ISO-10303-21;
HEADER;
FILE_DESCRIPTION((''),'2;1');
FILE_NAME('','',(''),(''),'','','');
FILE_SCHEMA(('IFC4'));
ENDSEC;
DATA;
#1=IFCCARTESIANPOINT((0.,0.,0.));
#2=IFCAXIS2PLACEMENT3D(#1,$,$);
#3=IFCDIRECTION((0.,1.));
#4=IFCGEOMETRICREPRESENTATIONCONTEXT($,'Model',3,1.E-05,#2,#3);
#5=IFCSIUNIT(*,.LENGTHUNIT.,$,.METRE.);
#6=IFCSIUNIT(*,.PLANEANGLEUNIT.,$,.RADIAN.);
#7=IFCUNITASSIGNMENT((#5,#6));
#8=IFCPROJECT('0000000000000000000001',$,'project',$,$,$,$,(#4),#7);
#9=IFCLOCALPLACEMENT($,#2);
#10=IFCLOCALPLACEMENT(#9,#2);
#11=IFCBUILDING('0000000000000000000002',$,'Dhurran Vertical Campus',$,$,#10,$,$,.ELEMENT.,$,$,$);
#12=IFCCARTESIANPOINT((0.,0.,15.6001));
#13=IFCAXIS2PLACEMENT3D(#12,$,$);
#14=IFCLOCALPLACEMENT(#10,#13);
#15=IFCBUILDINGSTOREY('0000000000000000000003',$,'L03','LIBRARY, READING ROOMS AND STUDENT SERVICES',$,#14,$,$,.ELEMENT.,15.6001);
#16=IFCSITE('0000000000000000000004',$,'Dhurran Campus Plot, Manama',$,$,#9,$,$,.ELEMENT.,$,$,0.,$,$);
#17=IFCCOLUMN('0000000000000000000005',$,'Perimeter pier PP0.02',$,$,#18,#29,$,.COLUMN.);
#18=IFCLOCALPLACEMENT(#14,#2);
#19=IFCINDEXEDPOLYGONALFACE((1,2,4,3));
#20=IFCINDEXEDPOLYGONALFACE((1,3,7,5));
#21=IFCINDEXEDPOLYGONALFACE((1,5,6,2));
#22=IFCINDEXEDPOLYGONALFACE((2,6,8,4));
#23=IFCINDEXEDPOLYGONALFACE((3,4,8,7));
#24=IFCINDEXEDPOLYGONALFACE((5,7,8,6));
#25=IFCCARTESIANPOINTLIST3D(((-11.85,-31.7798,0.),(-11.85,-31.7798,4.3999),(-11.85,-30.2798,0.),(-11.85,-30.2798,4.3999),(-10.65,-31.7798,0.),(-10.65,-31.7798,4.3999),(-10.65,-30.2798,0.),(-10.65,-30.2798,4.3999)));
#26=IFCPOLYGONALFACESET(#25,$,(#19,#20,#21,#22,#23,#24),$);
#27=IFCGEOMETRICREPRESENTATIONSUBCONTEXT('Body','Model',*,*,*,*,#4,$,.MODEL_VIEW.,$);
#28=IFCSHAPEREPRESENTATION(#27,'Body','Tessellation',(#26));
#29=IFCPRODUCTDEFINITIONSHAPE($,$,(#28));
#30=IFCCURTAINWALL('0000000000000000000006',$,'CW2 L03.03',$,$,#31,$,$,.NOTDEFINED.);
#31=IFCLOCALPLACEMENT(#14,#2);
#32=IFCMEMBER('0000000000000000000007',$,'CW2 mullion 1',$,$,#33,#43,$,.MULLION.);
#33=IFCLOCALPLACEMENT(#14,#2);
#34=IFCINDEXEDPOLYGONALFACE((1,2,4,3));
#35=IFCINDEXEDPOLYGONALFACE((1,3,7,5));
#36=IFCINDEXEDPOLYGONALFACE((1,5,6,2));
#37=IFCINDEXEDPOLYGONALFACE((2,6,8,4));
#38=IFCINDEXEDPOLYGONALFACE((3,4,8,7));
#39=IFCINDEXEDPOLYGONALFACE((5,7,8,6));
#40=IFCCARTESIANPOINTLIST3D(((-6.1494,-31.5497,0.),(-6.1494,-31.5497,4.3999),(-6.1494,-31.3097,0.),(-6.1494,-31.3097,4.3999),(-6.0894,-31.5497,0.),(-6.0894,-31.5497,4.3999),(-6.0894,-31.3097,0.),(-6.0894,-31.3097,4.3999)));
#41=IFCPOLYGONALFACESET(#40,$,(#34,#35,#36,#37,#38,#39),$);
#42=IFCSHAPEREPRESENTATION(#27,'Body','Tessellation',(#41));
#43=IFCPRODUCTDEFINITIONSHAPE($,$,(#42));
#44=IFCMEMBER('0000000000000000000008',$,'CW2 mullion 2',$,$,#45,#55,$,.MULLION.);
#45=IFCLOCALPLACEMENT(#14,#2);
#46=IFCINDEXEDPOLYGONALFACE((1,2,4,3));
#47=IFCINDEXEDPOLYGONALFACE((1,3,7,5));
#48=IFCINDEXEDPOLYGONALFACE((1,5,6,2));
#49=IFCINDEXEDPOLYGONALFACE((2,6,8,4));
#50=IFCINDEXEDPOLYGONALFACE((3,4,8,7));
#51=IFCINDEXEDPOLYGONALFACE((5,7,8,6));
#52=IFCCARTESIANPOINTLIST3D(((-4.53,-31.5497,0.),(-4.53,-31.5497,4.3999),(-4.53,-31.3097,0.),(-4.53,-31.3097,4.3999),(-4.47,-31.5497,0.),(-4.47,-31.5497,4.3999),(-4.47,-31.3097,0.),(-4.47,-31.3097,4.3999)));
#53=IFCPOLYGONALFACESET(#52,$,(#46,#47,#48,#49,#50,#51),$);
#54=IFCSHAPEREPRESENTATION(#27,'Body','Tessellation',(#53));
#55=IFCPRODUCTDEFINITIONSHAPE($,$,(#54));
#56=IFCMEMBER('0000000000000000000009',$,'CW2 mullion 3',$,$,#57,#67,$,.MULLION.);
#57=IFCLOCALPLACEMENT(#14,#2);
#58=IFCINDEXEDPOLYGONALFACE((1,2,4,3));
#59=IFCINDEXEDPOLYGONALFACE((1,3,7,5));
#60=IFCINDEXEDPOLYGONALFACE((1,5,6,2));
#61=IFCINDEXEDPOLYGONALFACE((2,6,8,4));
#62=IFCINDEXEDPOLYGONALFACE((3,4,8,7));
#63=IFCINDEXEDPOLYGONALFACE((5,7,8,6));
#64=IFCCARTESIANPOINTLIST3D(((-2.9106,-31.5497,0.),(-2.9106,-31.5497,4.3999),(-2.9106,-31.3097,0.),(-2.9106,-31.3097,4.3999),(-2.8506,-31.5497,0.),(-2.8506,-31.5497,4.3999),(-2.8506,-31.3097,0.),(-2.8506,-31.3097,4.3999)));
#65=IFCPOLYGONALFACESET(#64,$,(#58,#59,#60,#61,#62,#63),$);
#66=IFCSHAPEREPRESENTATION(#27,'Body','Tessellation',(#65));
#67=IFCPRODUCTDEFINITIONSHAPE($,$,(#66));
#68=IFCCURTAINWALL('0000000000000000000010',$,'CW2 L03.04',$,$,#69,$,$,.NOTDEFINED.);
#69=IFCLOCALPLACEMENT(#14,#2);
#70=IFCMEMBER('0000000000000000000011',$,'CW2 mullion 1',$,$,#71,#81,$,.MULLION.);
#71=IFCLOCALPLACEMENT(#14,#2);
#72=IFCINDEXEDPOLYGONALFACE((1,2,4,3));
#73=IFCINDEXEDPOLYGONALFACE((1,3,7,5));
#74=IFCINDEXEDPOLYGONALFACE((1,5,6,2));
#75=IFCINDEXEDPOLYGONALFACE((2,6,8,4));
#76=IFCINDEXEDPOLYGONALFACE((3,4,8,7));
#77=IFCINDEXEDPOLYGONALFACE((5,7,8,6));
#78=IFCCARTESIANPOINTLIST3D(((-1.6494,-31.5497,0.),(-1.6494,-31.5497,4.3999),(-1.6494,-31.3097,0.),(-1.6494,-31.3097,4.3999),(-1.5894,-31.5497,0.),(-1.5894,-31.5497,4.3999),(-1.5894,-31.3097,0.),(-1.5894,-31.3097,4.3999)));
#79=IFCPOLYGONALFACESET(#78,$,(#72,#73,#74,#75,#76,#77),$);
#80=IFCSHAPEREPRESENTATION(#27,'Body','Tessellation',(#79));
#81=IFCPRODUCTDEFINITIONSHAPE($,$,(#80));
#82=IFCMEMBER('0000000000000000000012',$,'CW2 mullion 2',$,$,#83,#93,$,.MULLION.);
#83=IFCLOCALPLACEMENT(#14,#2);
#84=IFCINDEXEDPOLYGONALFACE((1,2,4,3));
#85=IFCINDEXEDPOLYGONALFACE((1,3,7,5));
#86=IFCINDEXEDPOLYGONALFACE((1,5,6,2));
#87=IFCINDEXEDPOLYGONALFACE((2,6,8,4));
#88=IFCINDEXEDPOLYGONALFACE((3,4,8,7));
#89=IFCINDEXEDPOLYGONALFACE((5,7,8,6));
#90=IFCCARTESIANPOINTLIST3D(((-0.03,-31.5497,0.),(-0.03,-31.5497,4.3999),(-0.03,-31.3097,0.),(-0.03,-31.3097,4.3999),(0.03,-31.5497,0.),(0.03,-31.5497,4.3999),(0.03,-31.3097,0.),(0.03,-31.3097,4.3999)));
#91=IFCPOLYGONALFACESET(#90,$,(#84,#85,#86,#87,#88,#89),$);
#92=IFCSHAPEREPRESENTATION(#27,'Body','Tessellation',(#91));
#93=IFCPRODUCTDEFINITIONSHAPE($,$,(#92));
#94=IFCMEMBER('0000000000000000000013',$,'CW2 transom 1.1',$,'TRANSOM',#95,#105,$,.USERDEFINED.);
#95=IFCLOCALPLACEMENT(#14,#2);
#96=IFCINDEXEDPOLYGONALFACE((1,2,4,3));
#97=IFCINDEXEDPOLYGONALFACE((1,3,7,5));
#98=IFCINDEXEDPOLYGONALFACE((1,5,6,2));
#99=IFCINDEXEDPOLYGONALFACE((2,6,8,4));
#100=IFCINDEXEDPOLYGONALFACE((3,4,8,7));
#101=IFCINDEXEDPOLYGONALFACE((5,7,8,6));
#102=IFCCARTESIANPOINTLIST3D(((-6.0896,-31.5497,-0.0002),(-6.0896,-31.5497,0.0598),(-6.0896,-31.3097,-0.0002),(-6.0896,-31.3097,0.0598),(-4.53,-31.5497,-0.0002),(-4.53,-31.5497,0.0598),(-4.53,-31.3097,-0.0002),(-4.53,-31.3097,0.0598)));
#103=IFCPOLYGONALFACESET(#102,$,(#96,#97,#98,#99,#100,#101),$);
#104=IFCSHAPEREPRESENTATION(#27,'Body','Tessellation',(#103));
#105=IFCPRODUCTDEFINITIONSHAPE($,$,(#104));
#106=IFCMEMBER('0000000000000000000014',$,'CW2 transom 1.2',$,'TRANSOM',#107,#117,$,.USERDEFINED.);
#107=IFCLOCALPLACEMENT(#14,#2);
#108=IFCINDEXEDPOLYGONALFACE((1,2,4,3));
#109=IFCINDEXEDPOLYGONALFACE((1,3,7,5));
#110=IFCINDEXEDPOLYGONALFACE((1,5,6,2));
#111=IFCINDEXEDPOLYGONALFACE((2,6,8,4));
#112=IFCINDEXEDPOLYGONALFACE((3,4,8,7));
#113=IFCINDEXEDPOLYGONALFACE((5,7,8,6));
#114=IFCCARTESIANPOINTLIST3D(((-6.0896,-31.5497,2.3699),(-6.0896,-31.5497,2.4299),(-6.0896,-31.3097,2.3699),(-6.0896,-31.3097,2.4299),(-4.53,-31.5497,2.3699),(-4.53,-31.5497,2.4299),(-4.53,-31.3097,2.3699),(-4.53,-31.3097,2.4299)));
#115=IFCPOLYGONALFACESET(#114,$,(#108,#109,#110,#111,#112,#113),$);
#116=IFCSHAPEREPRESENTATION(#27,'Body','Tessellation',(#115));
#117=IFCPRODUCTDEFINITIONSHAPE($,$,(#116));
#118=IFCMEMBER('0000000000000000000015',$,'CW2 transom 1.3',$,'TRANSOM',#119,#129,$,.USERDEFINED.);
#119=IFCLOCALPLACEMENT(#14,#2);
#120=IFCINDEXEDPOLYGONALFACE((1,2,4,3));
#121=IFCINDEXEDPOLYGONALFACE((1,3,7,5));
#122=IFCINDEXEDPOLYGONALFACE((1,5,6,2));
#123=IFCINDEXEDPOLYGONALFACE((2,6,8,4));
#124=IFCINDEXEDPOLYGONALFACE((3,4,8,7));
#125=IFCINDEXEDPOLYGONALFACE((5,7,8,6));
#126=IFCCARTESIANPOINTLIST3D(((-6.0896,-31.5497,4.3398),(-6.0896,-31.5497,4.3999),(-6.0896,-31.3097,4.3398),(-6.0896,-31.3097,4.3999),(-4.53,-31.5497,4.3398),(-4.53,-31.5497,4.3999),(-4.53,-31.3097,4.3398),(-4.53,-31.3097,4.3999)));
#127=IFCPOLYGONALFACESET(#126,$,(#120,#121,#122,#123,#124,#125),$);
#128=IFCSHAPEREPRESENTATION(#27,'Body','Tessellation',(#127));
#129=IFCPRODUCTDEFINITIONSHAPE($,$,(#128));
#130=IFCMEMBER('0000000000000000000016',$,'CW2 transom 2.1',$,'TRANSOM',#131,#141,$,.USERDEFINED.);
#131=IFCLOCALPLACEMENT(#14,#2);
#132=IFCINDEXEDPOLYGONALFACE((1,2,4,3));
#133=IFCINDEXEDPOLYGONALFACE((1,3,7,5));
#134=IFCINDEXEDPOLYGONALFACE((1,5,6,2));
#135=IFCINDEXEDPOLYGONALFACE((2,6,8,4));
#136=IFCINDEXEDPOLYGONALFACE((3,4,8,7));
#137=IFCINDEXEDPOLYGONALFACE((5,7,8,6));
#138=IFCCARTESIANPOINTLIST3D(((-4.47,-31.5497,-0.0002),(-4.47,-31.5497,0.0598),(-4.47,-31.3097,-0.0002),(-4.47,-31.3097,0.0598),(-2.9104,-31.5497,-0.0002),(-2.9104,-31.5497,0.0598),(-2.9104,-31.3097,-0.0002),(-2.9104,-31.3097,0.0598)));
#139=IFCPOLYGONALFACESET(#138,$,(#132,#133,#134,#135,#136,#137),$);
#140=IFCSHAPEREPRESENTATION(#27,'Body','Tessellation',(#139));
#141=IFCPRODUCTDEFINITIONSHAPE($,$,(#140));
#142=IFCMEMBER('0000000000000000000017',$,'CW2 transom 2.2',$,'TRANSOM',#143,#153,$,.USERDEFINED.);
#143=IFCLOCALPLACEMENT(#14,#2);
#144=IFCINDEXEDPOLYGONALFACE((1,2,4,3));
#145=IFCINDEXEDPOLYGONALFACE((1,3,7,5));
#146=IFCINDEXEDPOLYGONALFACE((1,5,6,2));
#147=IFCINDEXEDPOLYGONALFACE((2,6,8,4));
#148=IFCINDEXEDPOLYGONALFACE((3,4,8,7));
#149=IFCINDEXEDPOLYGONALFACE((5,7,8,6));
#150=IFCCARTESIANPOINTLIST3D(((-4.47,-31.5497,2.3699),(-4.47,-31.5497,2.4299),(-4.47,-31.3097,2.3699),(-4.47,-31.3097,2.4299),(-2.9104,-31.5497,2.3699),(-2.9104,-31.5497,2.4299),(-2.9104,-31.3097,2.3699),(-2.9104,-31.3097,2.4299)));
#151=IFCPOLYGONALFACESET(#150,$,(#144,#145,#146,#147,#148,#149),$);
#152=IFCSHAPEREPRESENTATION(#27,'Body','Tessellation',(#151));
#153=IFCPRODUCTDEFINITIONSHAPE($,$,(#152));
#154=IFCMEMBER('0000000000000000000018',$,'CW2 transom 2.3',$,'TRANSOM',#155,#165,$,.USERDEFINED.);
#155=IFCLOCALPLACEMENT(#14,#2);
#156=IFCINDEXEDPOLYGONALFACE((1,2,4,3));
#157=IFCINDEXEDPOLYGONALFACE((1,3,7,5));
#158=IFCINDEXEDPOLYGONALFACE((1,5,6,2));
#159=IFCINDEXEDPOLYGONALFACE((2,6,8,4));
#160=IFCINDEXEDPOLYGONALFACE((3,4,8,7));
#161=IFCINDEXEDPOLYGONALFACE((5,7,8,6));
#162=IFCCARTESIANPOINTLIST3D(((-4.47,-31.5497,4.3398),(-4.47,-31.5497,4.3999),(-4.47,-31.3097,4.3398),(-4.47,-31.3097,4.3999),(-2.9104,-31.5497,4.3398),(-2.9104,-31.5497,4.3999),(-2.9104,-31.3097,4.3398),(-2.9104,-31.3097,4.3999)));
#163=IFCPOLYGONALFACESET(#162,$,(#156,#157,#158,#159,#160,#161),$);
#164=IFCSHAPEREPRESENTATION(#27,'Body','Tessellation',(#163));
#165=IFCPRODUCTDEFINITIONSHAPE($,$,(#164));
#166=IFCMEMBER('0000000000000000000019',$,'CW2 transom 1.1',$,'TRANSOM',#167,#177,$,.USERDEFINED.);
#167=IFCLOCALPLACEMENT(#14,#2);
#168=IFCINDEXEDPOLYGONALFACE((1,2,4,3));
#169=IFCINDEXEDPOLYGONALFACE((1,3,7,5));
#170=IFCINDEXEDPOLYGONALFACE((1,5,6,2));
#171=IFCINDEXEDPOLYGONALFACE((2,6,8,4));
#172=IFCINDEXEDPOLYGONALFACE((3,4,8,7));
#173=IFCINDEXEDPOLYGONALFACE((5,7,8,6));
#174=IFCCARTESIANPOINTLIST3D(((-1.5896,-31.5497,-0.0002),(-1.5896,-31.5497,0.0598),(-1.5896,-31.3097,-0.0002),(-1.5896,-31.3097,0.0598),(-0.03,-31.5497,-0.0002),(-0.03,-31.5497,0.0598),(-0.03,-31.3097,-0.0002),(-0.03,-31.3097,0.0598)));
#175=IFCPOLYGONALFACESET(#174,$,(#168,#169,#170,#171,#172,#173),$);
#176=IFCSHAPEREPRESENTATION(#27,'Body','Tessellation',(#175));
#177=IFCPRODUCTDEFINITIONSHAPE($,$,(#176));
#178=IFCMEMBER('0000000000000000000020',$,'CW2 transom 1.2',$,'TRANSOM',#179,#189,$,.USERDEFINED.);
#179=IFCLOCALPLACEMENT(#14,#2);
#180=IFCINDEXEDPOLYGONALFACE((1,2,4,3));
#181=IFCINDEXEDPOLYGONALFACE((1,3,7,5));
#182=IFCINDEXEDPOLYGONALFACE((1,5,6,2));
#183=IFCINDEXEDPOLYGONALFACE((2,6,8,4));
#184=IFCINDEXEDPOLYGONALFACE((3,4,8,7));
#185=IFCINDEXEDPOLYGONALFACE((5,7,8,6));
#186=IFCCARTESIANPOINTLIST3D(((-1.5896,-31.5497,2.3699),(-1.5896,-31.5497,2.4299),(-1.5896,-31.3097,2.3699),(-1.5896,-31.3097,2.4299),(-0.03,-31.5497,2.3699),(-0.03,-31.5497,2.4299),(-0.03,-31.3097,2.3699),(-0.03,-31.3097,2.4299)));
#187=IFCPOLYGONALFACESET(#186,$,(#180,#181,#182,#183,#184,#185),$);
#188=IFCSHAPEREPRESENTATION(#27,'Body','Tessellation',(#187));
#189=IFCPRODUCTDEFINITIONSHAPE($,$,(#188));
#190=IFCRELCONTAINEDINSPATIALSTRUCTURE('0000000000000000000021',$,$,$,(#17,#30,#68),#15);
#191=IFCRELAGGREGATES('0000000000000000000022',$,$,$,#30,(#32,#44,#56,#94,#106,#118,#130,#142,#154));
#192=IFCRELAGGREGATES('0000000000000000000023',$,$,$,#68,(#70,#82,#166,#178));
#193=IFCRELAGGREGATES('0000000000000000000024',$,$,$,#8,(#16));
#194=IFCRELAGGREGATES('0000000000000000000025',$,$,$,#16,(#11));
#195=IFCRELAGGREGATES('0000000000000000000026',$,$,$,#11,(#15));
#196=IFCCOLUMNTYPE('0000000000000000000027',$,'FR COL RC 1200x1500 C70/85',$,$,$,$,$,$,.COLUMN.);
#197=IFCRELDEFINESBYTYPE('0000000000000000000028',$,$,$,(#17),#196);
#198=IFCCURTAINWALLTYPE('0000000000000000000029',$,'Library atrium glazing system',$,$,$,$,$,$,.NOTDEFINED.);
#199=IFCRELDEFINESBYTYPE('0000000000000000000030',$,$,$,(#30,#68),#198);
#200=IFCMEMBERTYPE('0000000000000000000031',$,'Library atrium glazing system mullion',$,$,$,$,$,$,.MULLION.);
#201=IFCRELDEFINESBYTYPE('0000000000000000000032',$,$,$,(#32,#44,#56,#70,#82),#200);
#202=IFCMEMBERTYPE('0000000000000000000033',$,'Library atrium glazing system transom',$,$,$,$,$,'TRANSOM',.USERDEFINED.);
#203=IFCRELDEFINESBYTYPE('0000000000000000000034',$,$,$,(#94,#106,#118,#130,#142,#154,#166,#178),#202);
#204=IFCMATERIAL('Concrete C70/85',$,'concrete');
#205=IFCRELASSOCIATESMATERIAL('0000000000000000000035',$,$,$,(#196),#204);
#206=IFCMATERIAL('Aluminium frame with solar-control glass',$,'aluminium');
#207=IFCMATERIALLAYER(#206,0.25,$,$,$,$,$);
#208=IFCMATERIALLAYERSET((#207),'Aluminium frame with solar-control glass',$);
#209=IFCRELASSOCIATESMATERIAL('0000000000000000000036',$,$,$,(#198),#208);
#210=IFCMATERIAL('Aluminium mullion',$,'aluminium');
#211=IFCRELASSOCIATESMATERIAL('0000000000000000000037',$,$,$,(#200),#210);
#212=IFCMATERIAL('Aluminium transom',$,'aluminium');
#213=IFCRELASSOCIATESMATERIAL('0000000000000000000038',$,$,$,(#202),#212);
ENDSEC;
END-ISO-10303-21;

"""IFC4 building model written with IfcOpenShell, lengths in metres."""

from ifc_helpers import new_model, si_unit, direction, frame, origin, origin_2d, place, context, subcontext, project, spatial, rectangle, extrude, material, layer, layer_set, material_profile, profile_set, type_object, element, aggregate, save


model = new_model("IFC4")

# Units and contexts
model_context = context("Model", 3, precision=1e-05, world=origin(), true_north=direction((0.0, 1.0)))
body_context = subcontext(model_context, "Body", "Model", "MODEL_VIEW")
ifc_project = project(units=[si_unit("LENGTHUNIT", "METRE"), si_unit("PLANEANGLEUNIT", "RADIAN")], contexts=[model_context])

# Site, building, storey
site_placement = place(None, origin())
site = spatial("IfcSite", under=ifc_project, at=site_placement, Name="Dhurran Campus Plot, Manama", CompositionType="ELEMENT", RefElevation=0.0)
building_placement = place(site_placement, origin())
building = spatial("IfcBuilding", under=site, at=building_placement, Name="Dhurran Vertical Campus", CompositionType="ELEMENT")
storey_placement = place(building_placement, frame((0.0, 0.0, 15.6001)))
storey = spatial("IfcBuildingStorey", under=building, at=storey_placement, Name="L03", Description="LIBRARY, READING ROOMS AND STUDENT SERVICES", CompositionType="ELEMENT", Elevation=15.6001)

# Column
ifc_material_1 = material(Name="Concrete C70/85", Category="concrete")
ifc_material_profile_1 = material_profile(ifc_material_1, rectangle(XDim=1.2, YDim=1.5, at=origin_2d()), Name="RC 1200x1500")
ifc_profile_set_1 = profile_set([ifc_material_profile_1], Name="Concrete C70/85")
column_type = type_object("IfcColumnType", Name="FR COL RC 1200x1500 C70/85", PredefinedType="COLUMN", material=ifc_profile_set_1)
column_placement = place(storey_placement, frame((-11.25, -31.0298, 0.0), z_axis=(0.0, 0.0, 1.0), x_axis=(1.0, 0.0, 0.0)))
element("IfcColumn", 1, at=column_placement, inside=storey, type_object=column_type, Name="Perimeter pier PP0.02", PredefinedType="COLUMN", context=body_context, shape_type="SweptSolid", body=[
    extrude(rectangle(XDim=1.2, YDim=1.5, at=origin_2d()), origin(), (0.0, 0.0, 1.0), 4.3999),
])

# Curtain walls, members
ifc_material_2 = material(Name="Aluminium frame with solar-control glass", Category="aluminium")
ifc_layer_1 = layer(ifc_material_2, 0.25)
ifc_layer_set_1 = layer_set([ifc_layer_1], Name="Aluminium frame with solar-control glass")
curtain_wall_type = type_object("IfcCurtainWallType", Name="Library atrium glazing system", PredefinedType="NOTDEFINED", material=ifc_layer_set_1)
curtain_wall_1_placement = place(storey_placement, origin())
curtain_wall_1 = element("IfcCurtainWall", 2, at=curtain_wall_1_placement, inside=storey, type_object=curtain_wall_type, Name="CW2 L03.03", PredefinedType="NOTDEFINED")
ifc_material_3 = material(Name="Aluminium mullion", Category="aluminium")
ifc_material_profile_2 = material_profile(ifc_material_3, rectangle(XDim=0.24, YDim=0.0601, at=origin_2d()), Name="Library atrium glazing system mullion")
ifc_profile_set_2 = profile_set([ifc_material_profile_2], Name="Aluminium mullion")
member_type_1 = type_object("IfcMemberType", Name="Library atrium glazing system mullion", PredefinedType="MULLION", material=ifc_profile_set_2)
member_1_placement = place(storey_placement, frame((-6.1194, -31.4297, 0.0), z_axis=(0.0, 0.0, 1.0), x_axis=(0.0, 1.0, 0.0)))
member_1 = element("IfcMember", 3, at=member_1_placement, type_object=member_type_1, Name="CW2 mullion 1", PredefinedType="MULLION", context=body_context, shape_type="SweptSolid", body=[
    extrude(rectangle(XDim=0.24, YDim=0.0601, at=origin_2d()), origin(), (0.0, 0.0, 1.0), 4.3999),
])
member_2_placement = place(storey_placement, frame((-4.5, -31.4297, 0.0), z_axis=(0.0, 0.0, 1.0), x_axis=(0.0, 1.0, 0.0)))
member_2 = element("IfcMember", 4, at=member_2_placement, type_object=member_type_1, Name="CW2 mullion 2", PredefinedType="MULLION", context=body_context, shape_type="SweptSolid", body=[
    extrude(rectangle(XDim=0.24, YDim=0.0601, at=origin_2d()), origin(), (0.0, 0.0, 1.0), 4.3999),
])
member_3_placement = place(storey_placement, frame((-2.8806, -31.4297, 0.0), z_axis=(0.0, 0.0, 1.0), x_axis=(0.0, 1.0, 0.0)))
member_3 = element("IfcMember", 5, at=member_3_placement, type_object=member_type_1, Name="CW2 mullion 3", PredefinedType="MULLION", context=body_context, shape_type="SweptSolid", body=[
    extrude(rectangle(XDim=0.24, YDim=0.0601, at=origin_2d()), origin(), (0.0, 0.0, 1.0), 4.3999),
])
curtain_wall_2_placement = place(storey_placement, origin())
curtain_wall_2 = element("IfcCurtainWall", 6, at=curtain_wall_2_placement, inside=storey, type_object=curtain_wall_type, Name="CW2 L03.04", PredefinedType="NOTDEFINED")
member_4_placement = place(storey_placement, frame((-1.6194, -31.4297, 0.0), z_axis=(0.0, 0.0, 1.0), x_axis=(0.0, 1.0, 0.0)))
member_4 = element("IfcMember", 7, at=member_4_placement, type_object=member_type_1, Name="CW2 mullion 1", PredefinedType="MULLION", context=body_context, shape_type="SweptSolid", body=[
    extrude(rectangle(XDim=0.24, YDim=0.0601, at=origin_2d()), origin(), (0.0, 0.0, 1.0), 4.3999),
])
member_5_placement = place(storey_placement, frame((0.0, -31.4297, 0.0), z_axis=(0.0, 0.0, 1.0), x_axis=(0.0, 1.0, 0.0)))
member_5 = element("IfcMember", 8, at=member_5_placement, type_object=member_type_1, Name="CW2 mullion 2", PredefinedType="MULLION", context=body_context, shape_type="SweptSolid", body=[
    extrude(rectangle(XDim=0.24, YDim=0.0601, at=origin_2d()), origin(), (0.0, 0.0, 1.0), 4.3999),
])

# Members
ifc_material_4 = material(Name="Aluminium transom", Category="aluminium")
ifc_material_profile_3 = material_profile(ifc_material_4, rectangle(XDim=0.24, YDim=0.0601, at=origin_2d()), Name="Library atrium glazing system transom")
ifc_profile_set_3 = profile_set([ifc_material_profile_3], Name="Aluminium transom")
member_type_2 = type_object("IfcMemberType", Name="Library atrium glazing system transom", ElementType="TRANSOM", PredefinedType="USERDEFINED", material=ifc_profile_set_3)
member_6_placement = place(storey_placement, frame((-6.0896, -31.4297, 0.0298), z_axis=(1.0, 0.0, 0.0), x_axis=(0.0, 1.0, 0.0)))
member_6 = element("IfcMember", 9, at=member_6_placement, type_object=member_type_2, Name="CW2 transom 1.1", ObjectType="TRANSOM", PredefinedType="USERDEFINED", context=body_context, shape_type="SweptSolid", body=[
    extrude(rectangle(XDim=0.24, YDim=0.0601, at=origin_2d()), origin(), (0.0, 0.0, 1.0), 1.5596),
])
member_7_placement = place(storey_placement, frame((-6.0896, -31.4297, 2.3999), z_axis=(1.0, 0.0, 0.0), x_axis=(0.0, 1.0, 0.0)))
member_7 = element("IfcMember", 10, at=member_7_placement, type_object=member_type_2, Name="CW2 transom 1.2", ObjectType="TRANSOM", PredefinedType="USERDEFINED", context=body_context, shape_type="SweptSolid", body=[
    extrude(rectangle(XDim=0.24, YDim=0.0601, at=origin_2d()), origin(), (0.0, 0.0, 1.0), 1.5596),
])
member_8_placement = place(storey_placement, frame((-6.0896, -31.4297, 4.3699), z_axis=(1.0, 0.0, 0.0), x_axis=(0.0, 1.0, 0.0)))
member_8 = element("IfcMember", 11, at=member_8_placement, type_object=member_type_2, Name="CW2 transom 1.3", ObjectType="TRANSOM", PredefinedType="USERDEFINED", context=body_context, shape_type="SweptSolid", body=[
    extrude(rectangle(XDim=0.24, YDim=0.0601, at=origin_2d()), origin(), (0.0, 0.0, 1.0), 1.5596),
])
member_9_placement = place(storey_placement, frame((-4.47, -31.4297, 0.0298), z_axis=(1.0, 0.0, 0.0), x_axis=(0.0, 1.0, 0.0)))
member_9 = element("IfcMember", 12, at=member_9_placement, type_object=member_type_2, Name="CW2 transom 2.1", ObjectType="TRANSOM", PredefinedType="USERDEFINED", context=body_context, shape_type="SweptSolid", body=[
    extrude(rectangle(XDim=0.24, YDim=0.0601, at=origin_2d()), origin(), (0.0, 0.0, 1.0), 1.5596),
])
member_10_placement = place(storey_placement, frame((-4.47, -31.4297, 2.3999), z_axis=(1.0, 0.0, 0.0), x_axis=(0.0, 1.0, 0.0)))
member_10 = element("IfcMember", 13, at=member_10_placement, type_object=member_type_2, Name="CW2 transom 2.2", ObjectType="TRANSOM", PredefinedType="USERDEFINED", context=body_context, shape_type="SweptSolid", body=[
    extrude(rectangle(XDim=0.24, YDim=0.0601, at=origin_2d()), origin(), (0.0, 0.0, 1.0), 1.5596),
])
member_11_placement = place(storey_placement, frame((-4.47, -31.4297, 4.3699), z_axis=(1.0, 0.0, 0.0), x_axis=(0.0, 1.0, 0.0)))
member_11 = element("IfcMember", 14, at=member_11_placement, type_object=member_type_2, Name="CW2 transom 2.3", ObjectType="TRANSOM", PredefinedType="USERDEFINED", context=body_context, shape_type="SweptSolid", body=[
    extrude(rectangle(XDim=0.24, YDim=0.0601, at=origin_2d()), origin(), (0.0, 0.0, 1.0), 1.5596),
])
member_12_placement = place(storey_placement, frame((-1.5896, -31.4297, 0.0298), z_axis=(1.0, 0.0, 0.0), x_axis=(0.0, 1.0, 0.0)))
member_12 = element("IfcMember", 15, at=member_12_placement, type_object=member_type_2, Name="CW2 transom 1.1", ObjectType="TRANSOM", PredefinedType="USERDEFINED", context=body_context, shape_type="SweptSolid", body=[
    extrude(rectangle(XDim=0.24, YDim=0.0601, at=origin_2d()), origin(), (0.0, 0.0, 1.0), 1.5596),
])
member_13_placement = place(storey_placement, frame((-1.5896, -31.4297, 2.3999), z_axis=(1.0, 0.0, 0.0), x_axis=(0.0, 1.0, 0.0)))
member_13 = element("IfcMember", 16, at=member_13_placement, type_object=member_type_2, Name="CW2 transom 1.2", ObjectType="TRANSOM", PredefinedType="USERDEFINED", context=body_context, shape_type="SweptSolid", body=[
    extrude(rectangle(XDim=0.24, YDim=0.0601, at=origin_2d()), origin(), (0.0, 0.0, 1.0), 1.5596),
])

aggregate(curtain_wall_1, [member_1, member_2, member_3, member_6, member_7, member_8, member_9, member_10, member_11])
aggregate(curtain_wall_2, [member_4, member_5, member_12, member_13])

save(model, "model.ifc")
